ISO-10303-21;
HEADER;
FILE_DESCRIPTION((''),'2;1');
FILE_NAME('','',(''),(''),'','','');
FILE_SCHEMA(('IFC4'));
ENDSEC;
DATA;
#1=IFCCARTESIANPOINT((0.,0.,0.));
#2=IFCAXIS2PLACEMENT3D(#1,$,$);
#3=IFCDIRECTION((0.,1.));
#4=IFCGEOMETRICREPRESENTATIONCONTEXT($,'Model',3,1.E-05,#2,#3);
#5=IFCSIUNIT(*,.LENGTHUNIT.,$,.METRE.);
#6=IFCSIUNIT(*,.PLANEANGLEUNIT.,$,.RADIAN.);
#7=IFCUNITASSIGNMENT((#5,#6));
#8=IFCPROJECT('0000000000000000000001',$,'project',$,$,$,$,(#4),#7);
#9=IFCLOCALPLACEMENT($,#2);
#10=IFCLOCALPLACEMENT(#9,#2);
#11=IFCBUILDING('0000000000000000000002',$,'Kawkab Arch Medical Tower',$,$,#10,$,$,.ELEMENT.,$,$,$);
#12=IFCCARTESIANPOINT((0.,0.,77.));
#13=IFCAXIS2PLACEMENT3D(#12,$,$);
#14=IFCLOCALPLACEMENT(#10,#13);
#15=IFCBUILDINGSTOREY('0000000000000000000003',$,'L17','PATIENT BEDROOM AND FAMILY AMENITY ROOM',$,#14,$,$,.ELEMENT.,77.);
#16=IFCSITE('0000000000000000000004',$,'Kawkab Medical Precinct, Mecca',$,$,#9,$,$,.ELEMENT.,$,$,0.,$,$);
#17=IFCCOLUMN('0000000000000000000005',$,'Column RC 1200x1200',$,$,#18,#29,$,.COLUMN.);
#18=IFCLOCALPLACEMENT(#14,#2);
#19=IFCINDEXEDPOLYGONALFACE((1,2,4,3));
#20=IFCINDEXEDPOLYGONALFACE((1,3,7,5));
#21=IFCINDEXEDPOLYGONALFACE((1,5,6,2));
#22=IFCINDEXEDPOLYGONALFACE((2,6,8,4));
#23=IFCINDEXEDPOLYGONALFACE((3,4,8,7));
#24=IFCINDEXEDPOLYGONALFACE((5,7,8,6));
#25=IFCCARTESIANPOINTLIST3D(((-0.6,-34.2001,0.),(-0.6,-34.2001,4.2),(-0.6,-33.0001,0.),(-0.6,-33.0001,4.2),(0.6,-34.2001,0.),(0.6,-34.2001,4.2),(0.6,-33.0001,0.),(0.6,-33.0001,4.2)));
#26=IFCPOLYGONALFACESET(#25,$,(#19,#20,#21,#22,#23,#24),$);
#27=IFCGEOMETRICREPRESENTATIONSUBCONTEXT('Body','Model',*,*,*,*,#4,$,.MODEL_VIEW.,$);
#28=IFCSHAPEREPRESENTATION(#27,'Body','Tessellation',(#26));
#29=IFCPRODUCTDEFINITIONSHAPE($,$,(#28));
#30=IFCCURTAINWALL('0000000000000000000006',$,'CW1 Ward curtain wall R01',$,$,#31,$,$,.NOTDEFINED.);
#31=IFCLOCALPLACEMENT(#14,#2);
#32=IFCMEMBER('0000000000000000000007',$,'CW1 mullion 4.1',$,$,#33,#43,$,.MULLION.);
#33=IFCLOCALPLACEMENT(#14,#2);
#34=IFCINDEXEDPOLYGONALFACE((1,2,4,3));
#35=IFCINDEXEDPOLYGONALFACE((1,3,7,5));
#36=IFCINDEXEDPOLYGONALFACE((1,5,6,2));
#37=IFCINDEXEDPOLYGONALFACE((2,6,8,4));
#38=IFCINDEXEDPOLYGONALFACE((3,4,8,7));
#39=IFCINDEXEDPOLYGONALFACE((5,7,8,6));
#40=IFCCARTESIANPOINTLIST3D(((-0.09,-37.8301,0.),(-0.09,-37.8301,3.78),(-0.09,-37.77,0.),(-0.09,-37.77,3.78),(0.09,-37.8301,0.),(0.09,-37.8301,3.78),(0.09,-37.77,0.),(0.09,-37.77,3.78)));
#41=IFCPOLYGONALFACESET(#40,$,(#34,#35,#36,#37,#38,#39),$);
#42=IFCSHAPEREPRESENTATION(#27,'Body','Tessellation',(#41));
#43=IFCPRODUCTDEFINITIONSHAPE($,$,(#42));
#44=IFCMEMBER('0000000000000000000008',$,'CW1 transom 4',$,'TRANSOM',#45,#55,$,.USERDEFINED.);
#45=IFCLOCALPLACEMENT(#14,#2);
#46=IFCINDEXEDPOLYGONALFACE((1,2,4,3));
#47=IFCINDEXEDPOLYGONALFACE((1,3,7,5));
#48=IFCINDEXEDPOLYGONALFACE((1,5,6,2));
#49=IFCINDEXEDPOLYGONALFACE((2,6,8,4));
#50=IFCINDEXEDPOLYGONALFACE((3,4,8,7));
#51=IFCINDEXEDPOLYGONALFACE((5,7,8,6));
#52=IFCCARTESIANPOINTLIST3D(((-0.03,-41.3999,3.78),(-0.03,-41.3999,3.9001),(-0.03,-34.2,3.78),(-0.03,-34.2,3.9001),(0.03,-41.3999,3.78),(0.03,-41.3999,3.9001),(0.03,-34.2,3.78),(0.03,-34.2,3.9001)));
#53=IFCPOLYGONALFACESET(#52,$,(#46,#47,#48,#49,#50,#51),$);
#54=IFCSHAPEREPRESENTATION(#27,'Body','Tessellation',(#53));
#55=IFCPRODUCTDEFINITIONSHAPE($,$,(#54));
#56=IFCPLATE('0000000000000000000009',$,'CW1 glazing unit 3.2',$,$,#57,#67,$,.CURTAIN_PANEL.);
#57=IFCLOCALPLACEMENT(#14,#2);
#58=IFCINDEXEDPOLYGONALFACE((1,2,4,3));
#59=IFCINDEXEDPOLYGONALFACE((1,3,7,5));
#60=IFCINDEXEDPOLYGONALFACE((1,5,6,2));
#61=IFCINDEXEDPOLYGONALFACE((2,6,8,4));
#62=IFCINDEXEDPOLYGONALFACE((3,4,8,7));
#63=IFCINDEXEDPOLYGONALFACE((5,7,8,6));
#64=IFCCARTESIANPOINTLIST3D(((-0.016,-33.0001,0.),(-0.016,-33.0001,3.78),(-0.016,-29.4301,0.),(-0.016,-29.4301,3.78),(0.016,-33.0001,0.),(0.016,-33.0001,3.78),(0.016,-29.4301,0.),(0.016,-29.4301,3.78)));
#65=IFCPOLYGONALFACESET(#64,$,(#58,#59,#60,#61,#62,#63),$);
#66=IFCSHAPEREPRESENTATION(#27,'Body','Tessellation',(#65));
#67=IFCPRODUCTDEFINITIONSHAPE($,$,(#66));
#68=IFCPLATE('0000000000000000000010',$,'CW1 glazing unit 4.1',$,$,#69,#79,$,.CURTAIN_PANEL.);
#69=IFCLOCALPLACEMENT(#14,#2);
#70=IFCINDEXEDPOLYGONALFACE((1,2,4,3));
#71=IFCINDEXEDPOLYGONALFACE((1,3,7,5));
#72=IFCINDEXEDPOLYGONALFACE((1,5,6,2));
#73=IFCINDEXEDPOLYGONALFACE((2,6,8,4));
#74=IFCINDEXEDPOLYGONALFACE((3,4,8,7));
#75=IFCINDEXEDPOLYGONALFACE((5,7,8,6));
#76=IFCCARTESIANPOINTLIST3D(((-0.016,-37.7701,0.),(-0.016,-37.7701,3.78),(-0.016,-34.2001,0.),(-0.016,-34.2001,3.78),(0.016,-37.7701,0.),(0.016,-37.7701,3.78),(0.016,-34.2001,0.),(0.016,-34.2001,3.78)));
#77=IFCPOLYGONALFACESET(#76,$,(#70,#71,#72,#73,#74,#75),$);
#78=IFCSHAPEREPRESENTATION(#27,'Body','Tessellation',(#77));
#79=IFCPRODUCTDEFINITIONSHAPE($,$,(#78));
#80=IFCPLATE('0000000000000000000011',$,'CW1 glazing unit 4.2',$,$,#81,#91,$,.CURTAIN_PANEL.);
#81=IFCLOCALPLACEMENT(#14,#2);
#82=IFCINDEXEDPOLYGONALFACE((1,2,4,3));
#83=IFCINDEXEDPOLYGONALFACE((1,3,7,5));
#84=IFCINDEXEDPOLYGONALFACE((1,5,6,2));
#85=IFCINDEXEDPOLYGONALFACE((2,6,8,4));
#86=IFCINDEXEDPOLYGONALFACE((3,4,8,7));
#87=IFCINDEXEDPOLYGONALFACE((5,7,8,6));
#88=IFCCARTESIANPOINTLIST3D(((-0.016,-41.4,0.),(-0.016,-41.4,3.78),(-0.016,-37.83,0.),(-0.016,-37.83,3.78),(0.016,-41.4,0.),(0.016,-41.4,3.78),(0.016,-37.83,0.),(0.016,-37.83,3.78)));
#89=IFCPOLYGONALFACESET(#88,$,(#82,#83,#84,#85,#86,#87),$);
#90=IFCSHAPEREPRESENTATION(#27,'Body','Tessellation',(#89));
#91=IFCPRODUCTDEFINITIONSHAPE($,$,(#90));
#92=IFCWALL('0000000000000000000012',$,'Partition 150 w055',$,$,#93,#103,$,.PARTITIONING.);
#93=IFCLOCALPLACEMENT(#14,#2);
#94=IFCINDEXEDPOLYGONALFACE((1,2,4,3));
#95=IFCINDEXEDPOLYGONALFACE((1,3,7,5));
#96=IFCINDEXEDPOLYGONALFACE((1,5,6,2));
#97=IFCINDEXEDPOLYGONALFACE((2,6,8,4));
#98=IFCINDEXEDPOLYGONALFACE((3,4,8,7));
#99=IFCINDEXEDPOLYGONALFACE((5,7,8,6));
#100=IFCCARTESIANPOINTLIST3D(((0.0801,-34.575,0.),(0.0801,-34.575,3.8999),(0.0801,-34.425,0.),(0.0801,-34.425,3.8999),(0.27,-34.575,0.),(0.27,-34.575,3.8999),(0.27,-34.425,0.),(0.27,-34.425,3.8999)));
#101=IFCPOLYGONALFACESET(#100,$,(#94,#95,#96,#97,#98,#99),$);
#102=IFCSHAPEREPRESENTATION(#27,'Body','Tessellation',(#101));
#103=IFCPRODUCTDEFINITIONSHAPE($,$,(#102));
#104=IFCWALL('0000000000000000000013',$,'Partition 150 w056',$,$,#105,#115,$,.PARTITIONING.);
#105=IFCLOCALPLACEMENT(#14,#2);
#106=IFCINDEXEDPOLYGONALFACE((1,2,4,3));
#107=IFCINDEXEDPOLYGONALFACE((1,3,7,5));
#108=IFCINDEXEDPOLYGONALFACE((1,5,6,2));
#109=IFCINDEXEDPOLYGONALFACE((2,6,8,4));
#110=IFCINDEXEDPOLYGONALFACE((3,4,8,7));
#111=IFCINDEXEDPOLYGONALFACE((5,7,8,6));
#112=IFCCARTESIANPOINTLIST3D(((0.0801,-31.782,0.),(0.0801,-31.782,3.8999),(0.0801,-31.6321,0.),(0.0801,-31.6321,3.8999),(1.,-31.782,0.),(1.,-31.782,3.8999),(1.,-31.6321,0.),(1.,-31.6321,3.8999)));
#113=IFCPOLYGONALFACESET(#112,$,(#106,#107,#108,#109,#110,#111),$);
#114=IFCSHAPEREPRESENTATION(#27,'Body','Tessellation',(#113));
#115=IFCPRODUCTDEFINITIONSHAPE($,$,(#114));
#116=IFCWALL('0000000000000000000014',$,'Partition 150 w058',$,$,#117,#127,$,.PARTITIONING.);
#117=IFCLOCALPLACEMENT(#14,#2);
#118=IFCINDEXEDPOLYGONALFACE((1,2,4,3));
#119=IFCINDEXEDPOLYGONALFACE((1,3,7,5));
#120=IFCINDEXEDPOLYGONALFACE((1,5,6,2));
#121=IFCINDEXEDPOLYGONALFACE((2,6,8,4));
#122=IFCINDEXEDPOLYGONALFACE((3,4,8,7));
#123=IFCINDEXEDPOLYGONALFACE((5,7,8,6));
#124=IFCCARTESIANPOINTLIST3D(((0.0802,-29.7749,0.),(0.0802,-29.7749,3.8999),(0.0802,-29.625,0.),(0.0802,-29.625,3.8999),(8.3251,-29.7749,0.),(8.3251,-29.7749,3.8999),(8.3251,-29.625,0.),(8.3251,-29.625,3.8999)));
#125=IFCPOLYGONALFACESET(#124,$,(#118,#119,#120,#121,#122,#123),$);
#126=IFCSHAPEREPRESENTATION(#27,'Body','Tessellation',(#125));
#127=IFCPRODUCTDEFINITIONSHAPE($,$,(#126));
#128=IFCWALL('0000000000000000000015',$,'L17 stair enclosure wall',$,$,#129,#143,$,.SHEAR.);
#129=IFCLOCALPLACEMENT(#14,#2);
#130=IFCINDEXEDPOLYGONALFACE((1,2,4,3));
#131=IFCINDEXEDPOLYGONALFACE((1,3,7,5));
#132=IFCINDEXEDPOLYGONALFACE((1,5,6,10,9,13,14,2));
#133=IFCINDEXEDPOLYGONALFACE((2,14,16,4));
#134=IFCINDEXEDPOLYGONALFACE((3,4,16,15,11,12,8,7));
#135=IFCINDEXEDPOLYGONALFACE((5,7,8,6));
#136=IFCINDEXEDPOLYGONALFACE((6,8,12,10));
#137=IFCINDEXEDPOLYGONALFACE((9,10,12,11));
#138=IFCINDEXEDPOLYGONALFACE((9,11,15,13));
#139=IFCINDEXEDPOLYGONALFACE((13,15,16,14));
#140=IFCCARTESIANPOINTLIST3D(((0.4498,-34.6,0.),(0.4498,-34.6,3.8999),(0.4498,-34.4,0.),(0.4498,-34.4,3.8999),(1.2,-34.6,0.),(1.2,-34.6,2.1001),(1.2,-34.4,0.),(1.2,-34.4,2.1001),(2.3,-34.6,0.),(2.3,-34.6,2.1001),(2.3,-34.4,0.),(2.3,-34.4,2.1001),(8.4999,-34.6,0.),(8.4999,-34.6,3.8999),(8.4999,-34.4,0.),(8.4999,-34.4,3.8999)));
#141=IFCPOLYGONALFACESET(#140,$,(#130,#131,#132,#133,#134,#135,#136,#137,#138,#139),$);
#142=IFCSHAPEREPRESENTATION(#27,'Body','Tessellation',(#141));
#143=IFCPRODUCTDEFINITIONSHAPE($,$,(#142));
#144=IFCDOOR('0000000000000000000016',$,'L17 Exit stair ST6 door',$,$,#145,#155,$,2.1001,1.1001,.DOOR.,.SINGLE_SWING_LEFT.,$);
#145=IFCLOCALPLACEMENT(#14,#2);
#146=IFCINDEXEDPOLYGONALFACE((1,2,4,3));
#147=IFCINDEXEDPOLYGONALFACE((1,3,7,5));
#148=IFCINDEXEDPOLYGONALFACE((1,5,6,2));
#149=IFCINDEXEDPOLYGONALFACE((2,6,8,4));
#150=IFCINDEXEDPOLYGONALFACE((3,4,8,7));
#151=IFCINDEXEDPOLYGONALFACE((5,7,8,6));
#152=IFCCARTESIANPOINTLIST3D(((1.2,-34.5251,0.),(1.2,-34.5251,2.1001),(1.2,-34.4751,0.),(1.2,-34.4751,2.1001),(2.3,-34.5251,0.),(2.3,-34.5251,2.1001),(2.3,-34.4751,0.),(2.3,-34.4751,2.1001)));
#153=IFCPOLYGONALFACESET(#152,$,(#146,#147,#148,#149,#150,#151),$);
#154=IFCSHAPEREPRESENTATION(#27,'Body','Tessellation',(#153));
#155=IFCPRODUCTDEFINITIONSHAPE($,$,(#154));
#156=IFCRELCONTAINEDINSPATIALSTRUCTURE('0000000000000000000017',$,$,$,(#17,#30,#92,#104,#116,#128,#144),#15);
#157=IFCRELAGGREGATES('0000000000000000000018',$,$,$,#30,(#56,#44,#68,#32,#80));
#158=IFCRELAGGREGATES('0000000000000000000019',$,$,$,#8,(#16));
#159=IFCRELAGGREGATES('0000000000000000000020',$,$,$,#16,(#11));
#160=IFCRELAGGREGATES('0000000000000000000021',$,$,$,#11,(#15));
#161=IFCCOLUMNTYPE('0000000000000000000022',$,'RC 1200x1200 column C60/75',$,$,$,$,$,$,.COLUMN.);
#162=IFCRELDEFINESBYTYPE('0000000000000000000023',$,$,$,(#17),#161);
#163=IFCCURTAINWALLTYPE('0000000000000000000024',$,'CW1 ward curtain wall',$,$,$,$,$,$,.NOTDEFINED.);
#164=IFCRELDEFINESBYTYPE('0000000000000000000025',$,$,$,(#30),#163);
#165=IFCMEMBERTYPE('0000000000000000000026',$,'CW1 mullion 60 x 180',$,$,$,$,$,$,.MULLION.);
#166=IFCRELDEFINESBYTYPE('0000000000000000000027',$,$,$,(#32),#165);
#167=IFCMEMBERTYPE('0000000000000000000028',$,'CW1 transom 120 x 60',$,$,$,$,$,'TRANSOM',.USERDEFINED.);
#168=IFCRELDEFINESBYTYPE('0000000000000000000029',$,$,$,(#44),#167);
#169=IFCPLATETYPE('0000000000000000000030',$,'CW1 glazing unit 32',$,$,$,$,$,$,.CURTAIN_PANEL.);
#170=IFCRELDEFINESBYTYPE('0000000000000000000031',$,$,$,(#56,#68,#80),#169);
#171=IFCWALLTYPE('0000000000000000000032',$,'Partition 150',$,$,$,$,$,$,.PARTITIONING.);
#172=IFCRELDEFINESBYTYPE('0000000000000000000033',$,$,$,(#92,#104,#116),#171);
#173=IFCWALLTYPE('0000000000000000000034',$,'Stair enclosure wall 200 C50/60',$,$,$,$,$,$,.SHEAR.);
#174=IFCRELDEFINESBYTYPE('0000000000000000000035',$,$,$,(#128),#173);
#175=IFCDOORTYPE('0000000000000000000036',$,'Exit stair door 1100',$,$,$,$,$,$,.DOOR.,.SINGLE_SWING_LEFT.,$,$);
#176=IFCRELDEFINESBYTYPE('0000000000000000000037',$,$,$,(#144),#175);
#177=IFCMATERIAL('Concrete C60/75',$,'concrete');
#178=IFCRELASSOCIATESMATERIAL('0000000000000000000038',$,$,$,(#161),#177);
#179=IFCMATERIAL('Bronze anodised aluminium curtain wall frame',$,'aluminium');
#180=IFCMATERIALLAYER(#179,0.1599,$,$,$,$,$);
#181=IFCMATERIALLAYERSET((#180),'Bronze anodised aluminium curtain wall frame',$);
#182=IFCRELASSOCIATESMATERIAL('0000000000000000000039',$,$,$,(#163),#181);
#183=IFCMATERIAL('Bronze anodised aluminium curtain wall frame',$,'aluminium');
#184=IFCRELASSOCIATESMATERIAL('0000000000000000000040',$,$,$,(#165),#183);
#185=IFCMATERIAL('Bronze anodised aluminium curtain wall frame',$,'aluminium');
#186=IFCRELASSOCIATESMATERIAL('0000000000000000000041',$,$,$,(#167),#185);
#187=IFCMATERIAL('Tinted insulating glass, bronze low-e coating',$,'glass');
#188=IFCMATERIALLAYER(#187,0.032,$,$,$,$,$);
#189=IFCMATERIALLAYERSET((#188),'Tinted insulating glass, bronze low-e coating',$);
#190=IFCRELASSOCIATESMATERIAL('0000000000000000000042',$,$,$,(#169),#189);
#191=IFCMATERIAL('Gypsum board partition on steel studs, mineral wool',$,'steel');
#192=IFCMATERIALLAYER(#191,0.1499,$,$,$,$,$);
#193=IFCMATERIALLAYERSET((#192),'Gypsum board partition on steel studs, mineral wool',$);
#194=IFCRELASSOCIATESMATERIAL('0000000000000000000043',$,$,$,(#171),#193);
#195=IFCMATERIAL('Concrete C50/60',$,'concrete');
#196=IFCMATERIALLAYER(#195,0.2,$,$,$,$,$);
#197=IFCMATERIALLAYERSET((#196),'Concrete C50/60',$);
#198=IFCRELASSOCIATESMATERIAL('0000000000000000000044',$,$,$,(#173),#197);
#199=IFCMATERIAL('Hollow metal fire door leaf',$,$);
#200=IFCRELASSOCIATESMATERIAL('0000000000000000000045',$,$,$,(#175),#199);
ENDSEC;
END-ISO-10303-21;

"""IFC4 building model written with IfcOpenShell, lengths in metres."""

from ifc_helpers import new_model, si_unit, direction, frame, frame_2d, origin, origin_2d, place, context, subcontext, project, spatial, rectangle, extrude, material, layer, layer_set, material_profile, profile_set, type_object, element, fill, aggregate, save


model = new_model("IFC4")

# Units and contexts
model_context = context("Model", 3, precision=1e-05, world=origin(), true_north=direction((0.0, 1.0)))
body_context = subcontext(model_context, "Body", "Model", "MODEL_VIEW")
ifc_project = project(units=[si_unit("LENGTHUNIT", "METRE"), si_unit("PLANEANGLEUNIT", "RADIAN")], contexts=[model_context])

# Site, building, storey
site_placement = place(None, origin())
site = spatial("IfcSite", under=ifc_project, at=site_placement, Name="Kawkab Medical Precinct, Mecca", CompositionType="ELEMENT", RefElevation=0.0)
building_placement = place(site_placement, origin())
building = spatial("IfcBuilding", under=site, at=building_placement, Name="Kawkab Arch Medical Tower", CompositionType="ELEMENT")
storey_placement = place(building_placement, frame((0.0, 0.0, 77.0)))
storey = spatial("IfcBuildingStorey", under=building, at=storey_placement, Name="L17", Description="PATIENT BEDROOM AND FAMILY AMENITY ROOM", CompositionType="ELEMENT", Elevation=77.0)

# Column
ifc_material_1 = material(Name="Concrete C60/75", Category="concrete")
ifc_material_profile_1 = material_profile(ifc_material_1, rectangle(XDim=1.2, YDim=1.2, at=origin_2d()), Name="RC 1200x1200")
ifc_profile_set_1 = profile_set([ifc_material_profile_1], Name="Concrete C60/75")
column_type = type_object("IfcColumnType", Name="RC 1200x1200 column C60/75", PredefinedType="COLUMN", material=ifc_profile_set_1)
column_placement = place(storey_placement, frame((0.0, -33.6001, 0.0), z_axis=(0.0, 0.0, 1.0), x_axis=(1.0, 0.0, 0.0)))
element("IfcColumn", 1, at=column_placement, inside=storey, type_object=column_type, Name="Column RC 1200x1200", PredefinedType="COLUMN", context=body_context, shape_type="SweptSolid", body=[
    extrude(rectangle(XDim=1.2, YDim=1.2, at=origin_2d()), origin(), (0.0, 0.0, 1.0), 4.2),
])

# Curtain wall, members, plates
ifc_material_2 = material(Name="Bronze anodised aluminium curtain wall frame", Category="aluminium")
ifc_layer_1 = layer(ifc_material_2, 0.1599)
ifc_layer_set_1 = layer_set([ifc_layer_1], Name="Bronze anodised aluminium curtain wall frame")
curtain_wall_type = type_object("IfcCurtainWallType", Name="CW1 ward curtain wall", PredefinedType="NOTDEFINED", material=ifc_layer_set_1)
curtain_wall_placement = place(storey_placement, origin())
curtain_wall = element("IfcCurtainWall", 2, at=curtain_wall_placement, inside=storey, type_object=curtain_wall_type, Name="CW1 Ward curtain wall R01", PredefinedType="NOTDEFINED")
ifc_material_3 = material(Name="Bronze anodised aluminium curtain wall frame", Category="aluminium")
ifc_material_profile_2 = material_profile(ifc_material_3, rectangle(XDim=0.1799, YDim=0.0601, at=origin_2d()), Name="AL 60x180")
ifc_profile_set_2 = profile_set([ifc_material_profile_2], Name="Bronze anodised aluminium curtain wall frame")
member_type_1 = type_object("IfcMemberType", Name="CW1 mullion 60 x 180", PredefinedType="MULLION", material=ifc_profile_set_2)
member_1_placement = place(storey_placement, frame((0.0, -37.8, 0.0), z_axis=(0.0, 0.0, 1.0), x_axis=(1.0, 0.0, 0.0)))
member_1 = element("IfcMember", 3, at=member_1_placement, type_object=member_type_1, Name="CW1 mullion 4.1", PredefinedType="MULLION", context=body_context, shape_type="SweptSolid", body=[
    extrude(rectangle(XDim=0.1799, YDim=0.0601, at=origin_2d()), origin(), (0.0, 0.0, 1.0), 3.78),
])
ifc_material_4 = material(Name="Bronze anodised aluminium curtain wall frame", Category="aluminium")
ifc_material_profile_3 = material_profile(ifc_material_4, rectangle(XDim=0.0601, YDim=0.1201, at=origin_2d()), Name="AL 60x120")
ifc_profile_set_3 = profile_set([ifc_material_profile_3], Name="Bronze anodised aluminium curtain wall frame")
member_type_2 = type_object("IfcMemberType", Name="CW1 transom 120 x 60", ElementType="TRANSOM", PredefinedType="USERDEFINED", material=ifc_profile_set_3)
member_2_placement = place(storey_placement, frame((0.0, -34.2, 3.8401), z_axis=(0.0, -1.0, 0.0), x_axis=(1.0, 0.0, 0.0)))
member_2 = element("IfcMember", 4, at=member_2_placement, type_object=member_type_2, Name="CW1 transom 4", ObjectType="TRANSOM", PredefinedType="USERDEFINED", context=body_context, shape_type="SweptSolid", body=[
    extrude(rectangle(XDim=0.0601, YDim=0.1201, at=origin_2d()), origin(), (0.0, 0.0, 1.0), 7.2),
])
ifc_material_5 = material(Name="Tinted insulating glass, bronze low-e coating", Category="glass")
ifc_layer_2 = layer(ifc_material_5, 0.032)
ifc_layer_set_2 = layer_set([ifc_layer_2], Name="Tinted insulating glass, bronze low-e coating")
plate_type = type_object("IfcPlateType", Name="CW1 glazing unit 32", PredefinedType="CURTAIN_PANEL", material=ifc_layer_set_2)
plate_1_placement = place(storey_placement, frame((0.0, -31.2151, 0.0), z_axis=(0.0, 0.0, 1.0), x_axis=(0.0, -1.0, 0.0)))
plate_1 = element("IfcPlate", 5, at=plate_1_placement, type_object=plate_type, Name="CW1 glazing unit 3.2", PredefinedType="CURTAIN_PANEL", context=body_context, shape_type="SweptSolid", body=[
    extrude(rectangle(XDim=3.5701, YDim=0.032, at=origin_2d()), origin(), (0.0, 0.0, 1.0), 3.78),
])
plate_2_placement = place(storey_placement, frame((0.0, -35.9851, 0.0), z_axis=(0.0, 0.0, 1.0), x_axis=(0.0, -1.0, 0.0)))
plate_2 = element("IfcPlate", 6, at=plate_2_placement, type_object=plate_type, Name="CW1 glazing unit 4.1", PredefinedType="CURTAIN_PANEL", context=body_context, shape_type="SweptSolid", body=[
    extrude(rectangle(XDim=3.5701, YDim=0.032, at=origin_2d()), origin(), (0.0, 0.0, 1.0), 3.78),
])
plate_3_placement = place(storey_placement, frame((0.0, -39.615, 0.0), z_axis=(0.0, 0.0, 1.0), x_axis=(0.0, -1.0, 0.0)))
plate_3 = element("IfcPlate", 7, at=plate_3_placement, type_object=plate_type, Name="CW1 glazing unit 4.2", PredefinedType="CURTAIN_PANEL", context=body_context, shape_type="SweptSolid", body=[
    extrude(rectangle(XDim=3.5701, YDim=0.032, at=origin_2d()), origin(), (0.0, 0.0, 1.0), 3.78),
])
aggregate(curtain_wall, [plate_1, member_2, plate_2, member_1, plate_3])

# Walls
ifc_material_6 = material(Name="Gypsum board partition on steel studs, mineral wool", Category="steel")
ifc_layer_3 = layer(ifc_material_6, 0.1499)
ifc_layer_set_3 = layer_set([ifc_layer_3], Name="Gypsum board partition on steel studs, mineral wool")
wall_type_1 = type_object("IfcWallType", Name="Partition 150", PredefinedType="PARTITIONING", material=ifc_layer_set_3)
wall_1_placement = place(storey_placement, frame((0.0801, -34.5, 0.0), z_axis=(0.0, 0.0, 1.0), x_axis=(1.0, 0.0, 0.0)))
element("IfcWall", 8, at=wall_1_placement, inside=storey, type_object=wall_type_1, Name="Partition 150 w055", PredefinedType="PARTITIONING", context=body_context, shape_type="SweptSolid", body=[
    extrude(rectangle(XDim=0.1899, YDim=0.1499, at=frame_2d((0.095, 0.0))), origin(), (0.0, 0.0, 1.0), 3.8999),
])
wall_2_placement = place(storey_placement, frame((0.0801, -31.707, 0.0), z_axis=(0.0, 0.0, 1.0), x_axis=(1.0, 0.0, 0.0)))
element("IfcWall", 9, at=wall_2_placement, inside=storey, type_object=wall_type_1, Name="Partition 150 w056", PredefinedType="PARTITIONING", context=body_context, shape_type="SweptSolid", body=[
    extrude(rectangle(XDim=0.9199, YDim=0.1499, at=frame_2d((0.46, 0.0))), origin(), (0.0, 0.0, 1.0), 3.8999),
])
wall_3_placement = place(storey_placement, frame((0.0801, -29.7, 0.0), z_axis=(0.0, 0.0, 1.0), x_axis=(1.0, 0.0, 0.0)))
element("IfcWall", 10, at=wall_3_placement, inside=storey, type_object=wall_type_1, Name="Partition 150 w058", PredefinedType="PARTITIONING", context=body_context, shape_type="SweptSolid", body=[
    extrude(rectangle(XDim=8.2449, YDim=0.1499, at=frame_2d((4.1226, 0.0))), origin(), (0.0, 0.0, 1.0), 3.8999),
])

# Wall, opening, door
ifc_material_7 = material(Name="Concrete C50/60", Category="concrete")
ifc_layer_4 = layer(ifc_material_7, 0.2)
ifc_layer_set_4 = layer_set([ifc_layer_4], Name="Concrete C50/60")
wall_type_2 = type_object("IfcWallType", Name="Stair enclosure wall 200 C50/60", PredefinedType="SHEAR", material=ifc_layer_set_4)
wall_4_placement = place(storey_placement, frame((0.45, -34.5, 0.0), z_axis=(0.0, 0.0, 1.0), x_axis=(1.0, 0.0, 0.0)))
wall_4 = element("IfcWall", 11, at=wall_4_placement, inside=storey, type_object=wall_type_2, Name="L17 stair enclosure wall", PredefinedType="SHEAR", context=body_context, shape_type="SweptSolid", body=[
    extrude(rectangle(XDim=8.05, YDim=0.2, at=frame_2d((4.0249, 0.0))), origin(), (0.0, 0.0, 1.0), 3.8999),
])
opening_1_placement = place(wall_4_placement, frame((0.75, 0.0, 0.0)))
opening_1 = element("IfcOpeningElement", 12, at=opening_1_placement, cuts=wall_4, PredefinedType="OPENING", context=body_context, shape_type="SweptSolid", body=[
    extrude(rectangle(XDim=1.1001, YDim=2.1001, at=frame_2d((0.55, 1.05))), frame((0.0, 0.1099, 0.0), z_axis=(0.0, -1.0, 0.0), x_axis=(1.0, 0.0, 0.0)), (0.0, 0.0, 1.0), 0.22),
])
ifc_material_8 = material(Name="Hollow metal fire door leaf")
door_type_1 = type_object("IfcDoorType", Name="Exit stair door 1100", OperationType="SINGLE_SWING_LEFT", PredefinedType="DOOR", material=ifc_material_8)
door_1_placement = place(opening_1_placement, origin())
door_1 = element("IfcDoor", 13, at=door_1_placement, inside=storey, type_object=door_type_1, Name="L17 Exit stair ST6 door", OperationType="SINGLE_SWING_LEFT", OverallHeight=2.1001, OverallWidth=1.1001, PredefinedType="DOOR", context=body_context, shape_type="SweptSolid", body=[
    extrude(rectangle(XDim=1.1001, YDim=2.1001, at=frame_2d((0.55, 1.05))), frame((0.0, 0.0249, 0.0), z_axis=(0.0, -1.0, 0.0), x_axis=(1.0, 0.0, 0.0)), (0.0, 0.0, 1.0), 0.05),
])
fill(opening_1, door_1)

save(model, "model.ifc")
